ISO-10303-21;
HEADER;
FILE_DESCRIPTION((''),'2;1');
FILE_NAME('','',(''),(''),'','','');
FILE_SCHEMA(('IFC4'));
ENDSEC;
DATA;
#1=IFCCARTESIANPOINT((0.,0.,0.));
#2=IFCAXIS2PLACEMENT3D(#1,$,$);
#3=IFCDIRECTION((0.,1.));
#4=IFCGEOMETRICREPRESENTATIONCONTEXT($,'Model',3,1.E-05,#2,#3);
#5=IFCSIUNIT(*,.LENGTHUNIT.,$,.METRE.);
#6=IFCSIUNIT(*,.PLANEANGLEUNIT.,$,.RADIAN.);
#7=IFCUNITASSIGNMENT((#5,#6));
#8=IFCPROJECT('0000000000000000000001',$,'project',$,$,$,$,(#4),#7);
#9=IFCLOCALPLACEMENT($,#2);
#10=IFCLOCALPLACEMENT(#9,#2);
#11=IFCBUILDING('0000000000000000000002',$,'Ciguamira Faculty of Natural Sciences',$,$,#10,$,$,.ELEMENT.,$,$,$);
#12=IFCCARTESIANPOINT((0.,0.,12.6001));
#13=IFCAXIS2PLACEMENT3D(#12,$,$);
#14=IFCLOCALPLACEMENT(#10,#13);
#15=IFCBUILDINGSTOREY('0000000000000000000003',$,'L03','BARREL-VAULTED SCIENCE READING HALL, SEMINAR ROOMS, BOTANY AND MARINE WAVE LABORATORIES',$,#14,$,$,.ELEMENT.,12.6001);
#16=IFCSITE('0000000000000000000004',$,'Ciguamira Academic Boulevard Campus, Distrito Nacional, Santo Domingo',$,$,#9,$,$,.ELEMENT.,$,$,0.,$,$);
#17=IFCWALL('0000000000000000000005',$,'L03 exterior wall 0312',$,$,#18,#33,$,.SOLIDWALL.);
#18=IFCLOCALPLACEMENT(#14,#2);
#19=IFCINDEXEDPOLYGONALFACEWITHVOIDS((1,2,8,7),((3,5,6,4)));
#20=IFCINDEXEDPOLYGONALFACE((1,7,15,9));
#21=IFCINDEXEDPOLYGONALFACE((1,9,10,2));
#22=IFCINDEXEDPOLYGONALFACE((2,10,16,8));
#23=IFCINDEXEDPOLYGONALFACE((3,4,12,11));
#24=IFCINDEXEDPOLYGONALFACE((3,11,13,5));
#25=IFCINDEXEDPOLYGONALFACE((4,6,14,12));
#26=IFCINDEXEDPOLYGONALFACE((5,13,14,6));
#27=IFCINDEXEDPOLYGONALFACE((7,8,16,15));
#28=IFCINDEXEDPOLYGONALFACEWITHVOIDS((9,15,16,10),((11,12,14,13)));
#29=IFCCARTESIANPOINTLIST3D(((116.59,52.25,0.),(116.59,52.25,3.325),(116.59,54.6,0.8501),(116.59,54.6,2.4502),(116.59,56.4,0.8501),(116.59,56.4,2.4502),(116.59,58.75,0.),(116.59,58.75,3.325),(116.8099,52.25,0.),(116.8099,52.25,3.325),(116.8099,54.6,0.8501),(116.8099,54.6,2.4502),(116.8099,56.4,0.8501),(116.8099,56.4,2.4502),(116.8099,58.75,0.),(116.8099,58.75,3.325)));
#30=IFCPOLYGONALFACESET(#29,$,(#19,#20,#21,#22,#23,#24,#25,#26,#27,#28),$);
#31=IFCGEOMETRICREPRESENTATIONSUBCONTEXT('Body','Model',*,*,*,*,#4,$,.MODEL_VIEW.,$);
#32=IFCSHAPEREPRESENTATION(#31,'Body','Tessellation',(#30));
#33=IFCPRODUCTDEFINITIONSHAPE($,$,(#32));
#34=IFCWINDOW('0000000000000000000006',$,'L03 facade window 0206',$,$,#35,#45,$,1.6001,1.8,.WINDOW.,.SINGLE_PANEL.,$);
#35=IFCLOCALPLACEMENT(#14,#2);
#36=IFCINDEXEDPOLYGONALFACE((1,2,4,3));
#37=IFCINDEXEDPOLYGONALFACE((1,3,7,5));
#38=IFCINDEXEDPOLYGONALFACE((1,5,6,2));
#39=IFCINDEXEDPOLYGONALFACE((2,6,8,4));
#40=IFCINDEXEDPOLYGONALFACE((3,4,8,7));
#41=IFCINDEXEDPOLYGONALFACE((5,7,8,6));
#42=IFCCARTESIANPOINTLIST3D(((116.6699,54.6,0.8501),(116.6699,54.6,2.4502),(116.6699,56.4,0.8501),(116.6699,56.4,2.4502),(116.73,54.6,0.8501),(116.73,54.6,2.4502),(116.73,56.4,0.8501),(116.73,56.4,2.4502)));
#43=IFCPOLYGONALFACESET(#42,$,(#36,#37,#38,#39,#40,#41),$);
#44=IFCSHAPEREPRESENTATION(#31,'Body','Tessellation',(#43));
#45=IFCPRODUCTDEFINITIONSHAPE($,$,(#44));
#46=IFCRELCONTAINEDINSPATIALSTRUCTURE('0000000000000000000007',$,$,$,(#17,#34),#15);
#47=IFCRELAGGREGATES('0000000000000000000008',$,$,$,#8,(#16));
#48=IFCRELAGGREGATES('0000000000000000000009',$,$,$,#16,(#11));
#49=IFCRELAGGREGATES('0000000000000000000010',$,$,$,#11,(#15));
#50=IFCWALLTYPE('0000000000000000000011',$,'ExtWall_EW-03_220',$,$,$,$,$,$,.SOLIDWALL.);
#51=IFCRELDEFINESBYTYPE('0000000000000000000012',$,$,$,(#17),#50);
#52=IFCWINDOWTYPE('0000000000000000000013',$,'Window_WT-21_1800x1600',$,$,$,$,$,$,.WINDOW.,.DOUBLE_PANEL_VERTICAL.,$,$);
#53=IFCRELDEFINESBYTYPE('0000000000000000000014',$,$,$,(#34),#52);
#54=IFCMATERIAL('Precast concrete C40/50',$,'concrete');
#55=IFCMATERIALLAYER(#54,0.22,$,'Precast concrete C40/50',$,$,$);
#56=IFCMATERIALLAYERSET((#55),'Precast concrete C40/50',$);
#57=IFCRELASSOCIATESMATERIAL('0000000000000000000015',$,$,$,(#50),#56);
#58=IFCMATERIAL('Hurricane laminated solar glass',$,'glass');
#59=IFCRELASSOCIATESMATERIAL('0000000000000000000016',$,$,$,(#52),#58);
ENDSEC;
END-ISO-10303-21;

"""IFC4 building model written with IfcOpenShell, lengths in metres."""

from ifc_helpers import new_model, si_unit, direction, frame, frame_2d, origin, place, context, subcontext, project, spatial, rectangle, extrude, material, layer, layer_set, type_object, element, fill, save


model = new_model("IFC4")

# Units and contexts
model_context = context("Model", 3, precision=1e-05, world=origin(), true_north=direction((0.0, 1.0)))
body_context = subcontext(model_context, "Body", "Model", "MODEL_VIEW")
ifc_project = project(units=[si_unit("LENGTHUNIT", "METRE"), si_unit("PLANEANGLEUNIT", "RADIAN")], contexts=[model_context])

# Site, building, storey
site_placement = place(None, origin())
site = spatial("IfcSite", under=ifc_project, at=site_placement, Name="Ciguamira Academic Boulevard Campus, Distrito Nacional, Santo Domingo", CompositionType="ELEMENT", RefElevation=0.0)
building_placement = place(site_placement, origin())
building = spatial("IfcBuilding", under=site, at=building_placement, Name="Ciguamira Faculty of Natural Sciences", CompositionType="ELEMENT")
storey_placement = place(building_placement, frame((0.0, 0.0, 12.6001)))
storey = spatial("IfcBuildingStorey", under=building, at=storey_placement, Name="L03", Description="BARREL-VAULTED SCIENCE READING HALL, SEMINAR ROOMS, BOTANY AND MARINE WAVE LABORATORIES", CompositionType="ELEMENT", Elevation=12.6001)

# Shared definitions
ifc_material_1 = material(Name="Precast concrete C40/50", Category="concrete")

# Wall, opening, window
ifc_layer_1 = layer(ifc_material_1, 0.22, Name="Precast concrete C40/50")
ifc_layer_set_1 = layer_set([ifc_layer_1], Name="Precast concrete C40/50")
wall_type = type_object("IfcWallType", Name="ExtWall_EW-03_220", PredefinedType="SOLIDWALL", material=ifc_layer_set_1)
ifc_material_2 = material(Name="Hurricane laminated solar glass", Category="glass")
wall_1_placement = place(storey_placement, frame((116.7, 52.25, 0.0), z_axis=(0.0, 0.0, 1.0), x_axis=(0.0, 1.0, 0.0)))
wall_1 = element("IfcWall", 1, at=wall_1_placement, inside=storey, type_object=wall_type, Name="L03 exterior wall 0312", PredefinedType="SOLIDWALL", context=body_context, shape_type="SweptSolid", body=[
    extrude(rectangle(XDim=6.5, YDim=0.22, at=frame_2d((3.25, 0.0))), origin(), (0.0, 0.0, 1.0), 3.325),
])
opening_1_placement = place(wall_1_placement, frame((2.3501, 0.0, 0.8501)))
opening_1 = element("IfcOpeningElement", 2, at=opening_1_placement, cuts=wall_1, PredefinedType="OPENING", context=body_context, shape_type="SweptSolid", body=[
    extrude(rectangle(XDim=1.8, YDim=1.6001, at=frame_2d((0.8999, 0.8))), frame((0.0, 0.1199, 0.0), z_axis=(0.0, -1.0, 0.0), x_axis=(1.0, 0.0, 0.0)), (0.0, 0.0, 1.0), 0.24),
])
window_type_1 = type_object("IfcWindowType", Name="Window_WT-21_1800x1600", PartitioningType="DOUBLE_PANEL_VERTICAL", PredefinedType="WINDOW", material=ifc_material_2)
window_1_placement = place(opening_1_placement, origin())
window_1 = element("IfcWindow", 3, at=window_1_placement, inside=storey, type_object=window_type_1, Name="L03 facade window 0206", OverallHeight=1.6001, OverallWidth=1.8, PartitioningType="SINGLE_PANEL", PredefinedType="WINDOW", context=body_context, shape_type="SweptSolid", body=[
    extrude(rectangle(XDim=1.8, YDim=1.6001, at=frame_2d((0.8999, 0.8))), frame((0.0, 0.03, 0.0), z_axis=(0.0, -1.0, 0.0), x_axis=(1.0, 0.0, 0.0)), (0.0, 0.0, 1.0), 0.0601),
])
fill(opening_1, window_1)

save(model, "model.ifc")
